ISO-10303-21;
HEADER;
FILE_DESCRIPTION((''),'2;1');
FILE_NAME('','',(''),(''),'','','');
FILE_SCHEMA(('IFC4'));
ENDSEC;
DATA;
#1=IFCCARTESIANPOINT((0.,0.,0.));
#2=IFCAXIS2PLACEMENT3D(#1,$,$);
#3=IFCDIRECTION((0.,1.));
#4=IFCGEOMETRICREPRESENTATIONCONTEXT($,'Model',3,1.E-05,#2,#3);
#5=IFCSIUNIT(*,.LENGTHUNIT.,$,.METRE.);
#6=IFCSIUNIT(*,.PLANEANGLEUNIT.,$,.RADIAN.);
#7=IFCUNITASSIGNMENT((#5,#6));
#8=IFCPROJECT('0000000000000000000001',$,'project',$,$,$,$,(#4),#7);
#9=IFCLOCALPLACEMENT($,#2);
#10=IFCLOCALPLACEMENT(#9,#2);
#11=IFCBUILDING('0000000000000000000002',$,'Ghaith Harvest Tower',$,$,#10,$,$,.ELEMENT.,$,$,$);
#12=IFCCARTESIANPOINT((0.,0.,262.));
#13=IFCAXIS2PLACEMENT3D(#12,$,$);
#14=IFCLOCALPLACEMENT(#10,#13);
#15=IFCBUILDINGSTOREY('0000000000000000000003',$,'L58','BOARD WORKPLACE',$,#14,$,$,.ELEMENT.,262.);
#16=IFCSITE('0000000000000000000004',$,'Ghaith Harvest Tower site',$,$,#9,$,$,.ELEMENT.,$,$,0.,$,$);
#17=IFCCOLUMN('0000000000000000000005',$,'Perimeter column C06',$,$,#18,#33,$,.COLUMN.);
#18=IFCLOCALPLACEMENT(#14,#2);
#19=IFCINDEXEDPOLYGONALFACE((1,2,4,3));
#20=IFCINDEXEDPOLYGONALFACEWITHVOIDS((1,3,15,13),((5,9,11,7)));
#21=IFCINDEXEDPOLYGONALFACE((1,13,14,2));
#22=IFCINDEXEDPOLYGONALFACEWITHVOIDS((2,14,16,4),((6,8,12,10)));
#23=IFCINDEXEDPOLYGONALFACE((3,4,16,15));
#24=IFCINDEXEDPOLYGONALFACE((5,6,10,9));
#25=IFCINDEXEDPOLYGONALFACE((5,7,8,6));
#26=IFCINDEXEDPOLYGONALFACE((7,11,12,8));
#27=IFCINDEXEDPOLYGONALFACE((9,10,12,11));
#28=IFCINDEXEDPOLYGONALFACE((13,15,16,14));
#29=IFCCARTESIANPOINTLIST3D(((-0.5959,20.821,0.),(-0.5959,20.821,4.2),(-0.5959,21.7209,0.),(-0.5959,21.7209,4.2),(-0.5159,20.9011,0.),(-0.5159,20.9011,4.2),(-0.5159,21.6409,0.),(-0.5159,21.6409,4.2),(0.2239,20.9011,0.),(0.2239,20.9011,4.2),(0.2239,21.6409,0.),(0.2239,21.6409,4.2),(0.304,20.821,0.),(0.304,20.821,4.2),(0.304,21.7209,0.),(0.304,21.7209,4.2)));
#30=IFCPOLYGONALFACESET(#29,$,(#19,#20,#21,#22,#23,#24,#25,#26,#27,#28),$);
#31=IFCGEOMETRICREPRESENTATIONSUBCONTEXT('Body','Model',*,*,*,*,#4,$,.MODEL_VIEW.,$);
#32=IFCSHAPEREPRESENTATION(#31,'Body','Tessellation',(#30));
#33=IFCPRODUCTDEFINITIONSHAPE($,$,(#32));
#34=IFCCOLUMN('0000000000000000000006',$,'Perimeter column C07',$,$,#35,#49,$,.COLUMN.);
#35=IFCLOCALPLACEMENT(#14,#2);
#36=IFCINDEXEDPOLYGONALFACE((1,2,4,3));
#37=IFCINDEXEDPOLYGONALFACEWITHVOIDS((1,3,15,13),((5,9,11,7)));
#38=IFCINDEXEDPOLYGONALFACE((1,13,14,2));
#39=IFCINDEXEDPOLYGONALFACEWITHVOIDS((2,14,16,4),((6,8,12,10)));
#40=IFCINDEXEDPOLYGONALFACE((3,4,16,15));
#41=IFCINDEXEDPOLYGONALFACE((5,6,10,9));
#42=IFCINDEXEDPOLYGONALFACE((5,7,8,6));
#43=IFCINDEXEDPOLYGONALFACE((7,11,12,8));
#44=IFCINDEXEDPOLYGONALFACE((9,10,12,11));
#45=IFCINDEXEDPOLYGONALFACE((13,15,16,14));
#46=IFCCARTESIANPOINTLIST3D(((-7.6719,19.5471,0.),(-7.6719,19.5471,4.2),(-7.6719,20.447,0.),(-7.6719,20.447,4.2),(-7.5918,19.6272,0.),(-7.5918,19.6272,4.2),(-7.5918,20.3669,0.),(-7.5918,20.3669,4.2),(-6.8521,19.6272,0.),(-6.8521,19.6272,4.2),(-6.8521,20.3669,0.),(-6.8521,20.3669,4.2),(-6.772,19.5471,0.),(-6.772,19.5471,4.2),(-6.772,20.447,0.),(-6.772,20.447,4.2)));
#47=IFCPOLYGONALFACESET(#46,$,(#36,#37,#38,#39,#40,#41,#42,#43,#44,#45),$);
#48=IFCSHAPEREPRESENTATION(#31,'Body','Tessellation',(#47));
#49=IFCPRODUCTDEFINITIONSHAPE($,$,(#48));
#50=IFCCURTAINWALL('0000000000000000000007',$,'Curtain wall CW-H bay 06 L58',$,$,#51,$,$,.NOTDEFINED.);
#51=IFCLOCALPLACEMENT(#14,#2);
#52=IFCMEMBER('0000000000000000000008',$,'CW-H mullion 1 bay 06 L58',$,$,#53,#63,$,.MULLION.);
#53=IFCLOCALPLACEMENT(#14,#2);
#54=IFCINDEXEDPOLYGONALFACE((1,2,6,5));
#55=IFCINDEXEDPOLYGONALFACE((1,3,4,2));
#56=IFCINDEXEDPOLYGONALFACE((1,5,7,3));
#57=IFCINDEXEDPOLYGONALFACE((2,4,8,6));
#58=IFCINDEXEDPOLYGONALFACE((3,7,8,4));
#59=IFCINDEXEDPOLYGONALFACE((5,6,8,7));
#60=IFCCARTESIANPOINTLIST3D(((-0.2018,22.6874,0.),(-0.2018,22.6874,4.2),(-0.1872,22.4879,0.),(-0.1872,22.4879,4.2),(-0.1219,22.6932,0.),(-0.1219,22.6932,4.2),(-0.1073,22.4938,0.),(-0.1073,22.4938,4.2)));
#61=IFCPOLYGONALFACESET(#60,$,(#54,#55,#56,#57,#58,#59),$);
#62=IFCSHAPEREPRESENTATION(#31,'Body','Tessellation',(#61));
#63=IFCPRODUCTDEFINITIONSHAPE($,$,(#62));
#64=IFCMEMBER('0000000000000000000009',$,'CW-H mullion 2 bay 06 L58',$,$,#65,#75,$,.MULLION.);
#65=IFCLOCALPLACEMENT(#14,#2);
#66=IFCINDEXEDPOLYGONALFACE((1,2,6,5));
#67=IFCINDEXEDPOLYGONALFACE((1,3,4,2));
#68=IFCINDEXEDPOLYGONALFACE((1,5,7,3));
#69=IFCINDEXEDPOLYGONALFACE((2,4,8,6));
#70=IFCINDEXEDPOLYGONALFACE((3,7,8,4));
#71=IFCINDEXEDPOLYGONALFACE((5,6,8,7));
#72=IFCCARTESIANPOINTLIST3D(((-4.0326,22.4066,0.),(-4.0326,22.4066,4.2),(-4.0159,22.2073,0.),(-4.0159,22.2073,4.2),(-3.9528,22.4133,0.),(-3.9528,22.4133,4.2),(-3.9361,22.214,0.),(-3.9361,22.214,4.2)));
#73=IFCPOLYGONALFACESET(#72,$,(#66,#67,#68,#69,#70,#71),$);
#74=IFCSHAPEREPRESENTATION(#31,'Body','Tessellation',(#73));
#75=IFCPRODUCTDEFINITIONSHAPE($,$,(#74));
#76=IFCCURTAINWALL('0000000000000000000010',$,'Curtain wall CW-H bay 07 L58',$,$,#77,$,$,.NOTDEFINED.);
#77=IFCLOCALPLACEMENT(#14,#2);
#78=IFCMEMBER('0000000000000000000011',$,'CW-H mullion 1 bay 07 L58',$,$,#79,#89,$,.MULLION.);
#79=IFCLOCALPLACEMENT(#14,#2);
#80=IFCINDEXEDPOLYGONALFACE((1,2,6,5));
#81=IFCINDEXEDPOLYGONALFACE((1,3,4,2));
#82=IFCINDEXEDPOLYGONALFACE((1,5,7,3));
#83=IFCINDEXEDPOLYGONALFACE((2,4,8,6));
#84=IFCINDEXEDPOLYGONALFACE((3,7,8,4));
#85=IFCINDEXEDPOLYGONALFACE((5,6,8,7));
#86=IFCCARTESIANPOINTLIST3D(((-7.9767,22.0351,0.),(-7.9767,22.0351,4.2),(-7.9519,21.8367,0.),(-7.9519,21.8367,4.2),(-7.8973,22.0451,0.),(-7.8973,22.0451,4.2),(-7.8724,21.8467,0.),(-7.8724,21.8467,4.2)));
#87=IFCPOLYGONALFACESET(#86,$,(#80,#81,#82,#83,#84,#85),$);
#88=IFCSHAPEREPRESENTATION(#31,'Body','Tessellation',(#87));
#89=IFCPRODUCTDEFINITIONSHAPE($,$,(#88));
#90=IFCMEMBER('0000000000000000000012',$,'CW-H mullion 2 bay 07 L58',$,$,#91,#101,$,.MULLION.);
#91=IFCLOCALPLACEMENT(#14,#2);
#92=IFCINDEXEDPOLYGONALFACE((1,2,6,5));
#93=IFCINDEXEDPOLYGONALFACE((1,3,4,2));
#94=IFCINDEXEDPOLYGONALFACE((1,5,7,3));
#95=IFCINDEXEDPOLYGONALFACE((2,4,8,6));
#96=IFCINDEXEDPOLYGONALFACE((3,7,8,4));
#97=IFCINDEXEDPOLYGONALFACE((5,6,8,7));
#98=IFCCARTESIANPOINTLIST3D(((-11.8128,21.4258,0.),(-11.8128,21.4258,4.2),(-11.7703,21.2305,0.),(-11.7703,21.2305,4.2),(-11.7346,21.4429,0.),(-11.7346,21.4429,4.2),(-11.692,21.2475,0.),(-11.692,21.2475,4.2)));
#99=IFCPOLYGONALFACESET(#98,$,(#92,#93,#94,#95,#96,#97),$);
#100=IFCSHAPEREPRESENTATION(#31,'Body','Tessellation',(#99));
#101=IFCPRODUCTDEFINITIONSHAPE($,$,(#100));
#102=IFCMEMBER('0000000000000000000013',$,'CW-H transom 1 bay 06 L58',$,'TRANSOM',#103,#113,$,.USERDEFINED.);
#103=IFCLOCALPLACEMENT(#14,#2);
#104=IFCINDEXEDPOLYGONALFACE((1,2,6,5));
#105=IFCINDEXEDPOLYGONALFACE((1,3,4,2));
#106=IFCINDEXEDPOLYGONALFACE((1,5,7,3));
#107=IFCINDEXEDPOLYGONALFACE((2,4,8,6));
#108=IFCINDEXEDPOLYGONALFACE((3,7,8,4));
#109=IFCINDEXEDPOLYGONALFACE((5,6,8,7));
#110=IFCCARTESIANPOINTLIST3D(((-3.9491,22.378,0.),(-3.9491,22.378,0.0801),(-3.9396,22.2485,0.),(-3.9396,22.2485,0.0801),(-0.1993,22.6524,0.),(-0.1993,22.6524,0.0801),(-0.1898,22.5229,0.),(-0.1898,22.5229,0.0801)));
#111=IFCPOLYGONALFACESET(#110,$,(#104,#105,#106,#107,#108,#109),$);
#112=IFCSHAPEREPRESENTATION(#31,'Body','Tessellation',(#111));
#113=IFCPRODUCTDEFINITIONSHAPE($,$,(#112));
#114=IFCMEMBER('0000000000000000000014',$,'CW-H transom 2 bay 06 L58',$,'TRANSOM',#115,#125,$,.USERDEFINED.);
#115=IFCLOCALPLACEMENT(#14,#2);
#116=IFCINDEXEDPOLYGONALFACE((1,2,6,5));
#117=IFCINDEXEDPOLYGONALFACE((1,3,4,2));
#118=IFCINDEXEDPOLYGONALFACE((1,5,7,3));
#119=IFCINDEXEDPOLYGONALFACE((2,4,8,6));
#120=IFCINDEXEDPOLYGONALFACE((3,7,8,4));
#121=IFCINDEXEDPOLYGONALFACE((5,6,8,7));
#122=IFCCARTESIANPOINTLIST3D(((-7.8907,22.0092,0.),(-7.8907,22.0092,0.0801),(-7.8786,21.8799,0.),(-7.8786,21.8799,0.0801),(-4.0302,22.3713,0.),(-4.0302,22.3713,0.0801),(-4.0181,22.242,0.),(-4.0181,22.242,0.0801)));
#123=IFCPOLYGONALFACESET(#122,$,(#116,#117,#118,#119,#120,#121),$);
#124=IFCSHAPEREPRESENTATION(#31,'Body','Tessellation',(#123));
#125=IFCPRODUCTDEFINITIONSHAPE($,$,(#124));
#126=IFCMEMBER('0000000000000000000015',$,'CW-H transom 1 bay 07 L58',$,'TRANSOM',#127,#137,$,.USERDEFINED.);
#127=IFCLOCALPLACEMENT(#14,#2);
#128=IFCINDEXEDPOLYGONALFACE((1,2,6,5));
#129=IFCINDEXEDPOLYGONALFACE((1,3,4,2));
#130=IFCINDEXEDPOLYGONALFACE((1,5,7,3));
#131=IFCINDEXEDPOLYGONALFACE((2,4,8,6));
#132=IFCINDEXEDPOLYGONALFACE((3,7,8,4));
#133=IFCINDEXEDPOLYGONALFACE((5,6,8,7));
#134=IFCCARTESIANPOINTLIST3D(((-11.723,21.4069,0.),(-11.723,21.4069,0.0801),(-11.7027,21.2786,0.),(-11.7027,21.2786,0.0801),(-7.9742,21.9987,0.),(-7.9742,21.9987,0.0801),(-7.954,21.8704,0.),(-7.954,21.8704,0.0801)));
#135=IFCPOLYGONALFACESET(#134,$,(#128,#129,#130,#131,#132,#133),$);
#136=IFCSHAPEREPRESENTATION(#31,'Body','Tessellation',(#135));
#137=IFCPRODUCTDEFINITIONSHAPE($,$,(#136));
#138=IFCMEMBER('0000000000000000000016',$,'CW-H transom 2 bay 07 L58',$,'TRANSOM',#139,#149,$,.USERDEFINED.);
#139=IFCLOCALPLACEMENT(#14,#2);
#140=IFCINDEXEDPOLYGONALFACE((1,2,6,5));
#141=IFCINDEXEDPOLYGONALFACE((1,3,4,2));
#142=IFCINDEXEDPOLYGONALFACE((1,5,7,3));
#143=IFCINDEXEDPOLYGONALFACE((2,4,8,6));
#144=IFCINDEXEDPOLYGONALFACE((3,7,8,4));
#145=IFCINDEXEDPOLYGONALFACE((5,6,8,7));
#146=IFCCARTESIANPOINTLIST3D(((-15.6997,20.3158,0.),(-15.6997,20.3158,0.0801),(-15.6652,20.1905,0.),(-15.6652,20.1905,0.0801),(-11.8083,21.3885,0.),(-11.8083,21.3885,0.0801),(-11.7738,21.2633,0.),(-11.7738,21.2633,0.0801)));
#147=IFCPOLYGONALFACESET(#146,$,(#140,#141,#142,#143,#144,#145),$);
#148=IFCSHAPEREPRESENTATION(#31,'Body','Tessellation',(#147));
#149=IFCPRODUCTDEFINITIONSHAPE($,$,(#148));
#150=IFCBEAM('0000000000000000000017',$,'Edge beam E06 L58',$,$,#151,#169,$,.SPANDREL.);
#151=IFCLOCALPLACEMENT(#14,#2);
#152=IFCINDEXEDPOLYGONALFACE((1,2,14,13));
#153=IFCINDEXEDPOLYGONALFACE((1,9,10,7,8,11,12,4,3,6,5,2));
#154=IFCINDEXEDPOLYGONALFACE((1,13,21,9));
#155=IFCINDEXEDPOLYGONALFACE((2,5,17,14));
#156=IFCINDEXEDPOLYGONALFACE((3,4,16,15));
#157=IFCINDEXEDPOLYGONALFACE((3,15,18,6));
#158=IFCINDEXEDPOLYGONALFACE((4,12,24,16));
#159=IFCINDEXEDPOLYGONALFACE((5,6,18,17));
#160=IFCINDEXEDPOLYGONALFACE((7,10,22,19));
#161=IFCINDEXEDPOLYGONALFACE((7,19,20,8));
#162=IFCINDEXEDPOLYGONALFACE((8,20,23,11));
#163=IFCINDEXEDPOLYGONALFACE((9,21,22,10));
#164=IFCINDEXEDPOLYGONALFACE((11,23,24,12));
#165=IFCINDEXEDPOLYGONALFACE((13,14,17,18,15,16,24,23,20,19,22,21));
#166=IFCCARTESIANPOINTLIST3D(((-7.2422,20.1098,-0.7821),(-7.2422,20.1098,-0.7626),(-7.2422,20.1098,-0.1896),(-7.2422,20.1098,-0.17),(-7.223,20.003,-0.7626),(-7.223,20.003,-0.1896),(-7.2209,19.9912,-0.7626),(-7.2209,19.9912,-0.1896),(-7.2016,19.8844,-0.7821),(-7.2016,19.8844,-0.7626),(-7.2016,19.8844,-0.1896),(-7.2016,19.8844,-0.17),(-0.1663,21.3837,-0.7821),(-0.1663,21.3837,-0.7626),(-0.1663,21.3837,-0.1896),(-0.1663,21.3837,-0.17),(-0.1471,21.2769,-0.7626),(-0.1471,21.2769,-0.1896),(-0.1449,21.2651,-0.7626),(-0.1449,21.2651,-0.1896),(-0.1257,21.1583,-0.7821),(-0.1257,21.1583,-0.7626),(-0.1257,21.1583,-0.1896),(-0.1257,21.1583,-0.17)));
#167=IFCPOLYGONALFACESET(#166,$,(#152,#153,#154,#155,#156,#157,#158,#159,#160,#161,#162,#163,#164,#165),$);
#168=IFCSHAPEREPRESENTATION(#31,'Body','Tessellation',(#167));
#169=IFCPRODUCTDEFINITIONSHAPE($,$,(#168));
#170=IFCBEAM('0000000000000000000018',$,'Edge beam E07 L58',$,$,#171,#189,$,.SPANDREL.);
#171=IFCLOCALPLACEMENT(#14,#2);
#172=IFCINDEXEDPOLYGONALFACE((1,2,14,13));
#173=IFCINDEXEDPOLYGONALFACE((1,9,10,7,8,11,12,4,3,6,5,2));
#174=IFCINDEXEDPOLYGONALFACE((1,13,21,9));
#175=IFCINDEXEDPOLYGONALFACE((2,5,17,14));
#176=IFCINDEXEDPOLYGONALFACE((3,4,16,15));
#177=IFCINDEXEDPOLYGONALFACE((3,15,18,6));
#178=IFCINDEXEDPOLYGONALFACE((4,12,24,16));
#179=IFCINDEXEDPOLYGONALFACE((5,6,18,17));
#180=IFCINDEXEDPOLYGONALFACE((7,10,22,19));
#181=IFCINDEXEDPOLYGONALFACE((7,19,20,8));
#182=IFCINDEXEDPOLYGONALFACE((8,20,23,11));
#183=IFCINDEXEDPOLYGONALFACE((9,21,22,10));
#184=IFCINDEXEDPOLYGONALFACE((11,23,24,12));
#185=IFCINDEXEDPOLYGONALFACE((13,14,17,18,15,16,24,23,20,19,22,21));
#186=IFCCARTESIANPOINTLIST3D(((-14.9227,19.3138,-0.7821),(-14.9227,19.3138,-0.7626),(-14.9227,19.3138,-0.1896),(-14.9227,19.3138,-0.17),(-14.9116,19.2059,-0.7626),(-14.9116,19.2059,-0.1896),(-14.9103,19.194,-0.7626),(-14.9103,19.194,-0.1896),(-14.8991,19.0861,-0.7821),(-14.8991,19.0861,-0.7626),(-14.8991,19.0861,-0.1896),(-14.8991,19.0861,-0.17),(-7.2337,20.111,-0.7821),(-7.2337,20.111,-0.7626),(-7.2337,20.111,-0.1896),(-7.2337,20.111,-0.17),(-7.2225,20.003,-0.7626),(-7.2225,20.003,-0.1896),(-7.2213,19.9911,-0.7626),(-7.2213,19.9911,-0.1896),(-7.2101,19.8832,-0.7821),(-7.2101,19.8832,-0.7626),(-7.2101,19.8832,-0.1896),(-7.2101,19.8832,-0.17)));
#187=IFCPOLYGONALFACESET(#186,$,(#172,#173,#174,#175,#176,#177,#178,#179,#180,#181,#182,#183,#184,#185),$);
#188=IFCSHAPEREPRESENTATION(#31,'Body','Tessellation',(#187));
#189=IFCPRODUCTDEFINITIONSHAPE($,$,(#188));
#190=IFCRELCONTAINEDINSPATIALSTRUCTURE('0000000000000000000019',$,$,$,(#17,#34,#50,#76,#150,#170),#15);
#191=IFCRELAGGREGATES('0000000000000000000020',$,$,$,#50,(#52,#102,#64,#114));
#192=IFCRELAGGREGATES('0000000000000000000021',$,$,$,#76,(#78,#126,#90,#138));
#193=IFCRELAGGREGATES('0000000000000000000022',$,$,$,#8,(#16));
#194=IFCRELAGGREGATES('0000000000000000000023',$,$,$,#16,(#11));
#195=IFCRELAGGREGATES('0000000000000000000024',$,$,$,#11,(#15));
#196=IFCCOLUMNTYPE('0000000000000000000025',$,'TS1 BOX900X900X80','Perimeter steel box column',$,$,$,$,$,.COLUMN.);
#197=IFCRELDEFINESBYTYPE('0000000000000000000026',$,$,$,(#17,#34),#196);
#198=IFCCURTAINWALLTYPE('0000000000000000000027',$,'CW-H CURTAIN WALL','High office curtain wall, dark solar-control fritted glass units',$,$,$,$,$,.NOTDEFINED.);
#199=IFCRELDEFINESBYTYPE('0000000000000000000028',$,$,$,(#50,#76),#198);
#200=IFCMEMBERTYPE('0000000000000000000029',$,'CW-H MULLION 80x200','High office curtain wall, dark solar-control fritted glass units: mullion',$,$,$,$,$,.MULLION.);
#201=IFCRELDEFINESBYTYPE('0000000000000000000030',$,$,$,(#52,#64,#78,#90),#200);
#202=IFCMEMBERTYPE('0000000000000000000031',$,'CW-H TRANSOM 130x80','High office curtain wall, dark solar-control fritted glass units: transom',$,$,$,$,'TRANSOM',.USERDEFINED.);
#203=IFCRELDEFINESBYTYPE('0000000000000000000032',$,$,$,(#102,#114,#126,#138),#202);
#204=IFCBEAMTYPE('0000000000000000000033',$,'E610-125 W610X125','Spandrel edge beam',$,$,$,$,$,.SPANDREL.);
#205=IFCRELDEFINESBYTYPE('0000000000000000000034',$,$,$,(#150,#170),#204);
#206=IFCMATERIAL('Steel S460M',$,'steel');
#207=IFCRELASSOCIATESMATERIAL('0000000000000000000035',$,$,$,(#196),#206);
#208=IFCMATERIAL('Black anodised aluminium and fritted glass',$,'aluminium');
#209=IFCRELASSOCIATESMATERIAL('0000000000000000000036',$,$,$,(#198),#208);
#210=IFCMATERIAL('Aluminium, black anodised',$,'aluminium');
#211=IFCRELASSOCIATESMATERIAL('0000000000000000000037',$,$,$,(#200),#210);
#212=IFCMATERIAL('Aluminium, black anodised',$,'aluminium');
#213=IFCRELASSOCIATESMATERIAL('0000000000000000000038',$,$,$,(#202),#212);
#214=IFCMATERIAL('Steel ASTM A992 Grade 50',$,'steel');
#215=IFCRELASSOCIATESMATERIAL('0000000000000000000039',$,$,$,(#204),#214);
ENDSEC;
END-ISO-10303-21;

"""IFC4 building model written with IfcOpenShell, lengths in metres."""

from ifc_helpers import new_model, si_unit, direction, frame, origin, origin_2d, place, context, subcontext, project, spatial, rectangle, hollow_rectangle, i_section, extrude, material, material_profile, profile_set, type_object, element, aggregate, save


model = new_model("IFC4")

# Units and contexts
model_context = context("Model", 3, precision=1e-05, world=origin(), true_north=direction((0.0, 1.0)))
body_context = subcontext(model_context, "Body", "Model", "MODEL_VIEW")
ifc_project = project(units=[si_unit("LENGTHUNIT", "METRE"), si_unit("PLANEANGLEUNIT", "RADIAN")], contexts=[model_context])

# Site, building, storey
site_placement = place(None, origin())
site = spatial("IfcSite", under=ifc_project, at=site_placement, Name="Ghaith Harvest Tower site", CompositionType="ELEMENT", RefElevation=0.0)
building_placement = place(site_placement, origin())
building = spatial("IfcBuilding", under=site, at=building_placement, Name="Ghaith Harvest Tower", CompositionType="ELEMENT")
storey_placement = place(building_placement, frame((0.0, 0.0, 262.0)))
storey = spatial("IfcBuildingStorey", under=building, at=storey_placement, Name="L58", Description="BOARD WORKPLACE", CompositionType="ELEMENT", Elevation=262.0)

# Columns
ifc_material_1 = material(Name="Steel S460M", Category="steel")
ifc_material_profile_1 = material_profile(ifc_material_1, hollow_rectangle(XDim=0.8999, YDim=0.8999, WallThickness=0.0801, at=origin_2d()), Name="BOX900X900X80")
ifc_profile_set_1 = profile_set([ifc_material_profile_1], Name="Steel S460M")
column_type = type_object("IfcColumnType", Name="TS1 BOX900X900X80", Description="Perimeter steel box column", PredefinedType="COLUMN", material=ifc_profile_set_1)
for number, where, z_axis, x_axis, name in (
    (1, (-0.146, 21.271, 0.0), (0.0, 0.0, 1.0), (1.0, 0.0, 0.0), "Perimeter column C06"),
    (2, (-7.2219, 19.9971, 0.0), (0.0, 0.0, 1.0), (1.0, 0.0, 0.0), "Perimeter column C07"),
):
    element("IfcColumn", number, at=place(storey_placement, frame(where, z_axis=z_axis, x_axis=x_axis)), inside=storey, type_object=column_type, Name=name, PredefinedType="COLUMN", context=body_context, shape_type="SweptSolid", body=[
        extrude(hollow_rectangle(XDim=0.8999, YDim=0.8999, WallThickness=0.0801, at=origin_2d()), origin(), (0.0, 0.0, 1.0), 4.2),
    ])

# Curtain walls, members
ifc_material_2 = material(Name="Black anodised aluminium and fritted glass", Category="aluminium")
curtain_wall_type = type_object("IfcCurtainWallType", Name="CW-H CURTAIN WALL", Description="High office curtain wall, dark solar-control fritted glass units", PredefinedType="NOTDEFINED", material=ifc_material_2)
curtain_wall_1_placement = place(storey_placement, origin())
curtain_wall_1 = element("IfcCurtainWall", 3, at=curtain_wall_1_placement, inside=storey, type_object=curtain_wall_type, Name="Curtain wall CW-H bay 06 L58", PredefinedType="NOTDEFINED")
ifc_material_3 = material(Name="Aluminium, black anodised", Category="aluminium")
ifc_material_profile_2 = material_profile(ifc_material_3, rectangle(XDim=0.0801, YDim=0.2, at=origin_2d()), Name="CW-H MULLION 80x200")
ifc_profile_set_2 = profile_set([ifc_material_profile_2], Name="Aluminium, black anodised")
member_type_1 = type_object("IfcMemberType", Name="CW-H MULLION 80x200", Description="High office curtain wall, dark solar-control fritted glass units: mullion", PredefinedType="MULLION", material=ifc_profile_set_2)
member_1_placement = place(storey_placement, frame((-0.1545, 22.5906, 0.0), z_axis=(0.0, 0.0, 1.0), x_axis=(-0.997329, -0.073037, 0.0)))
member_1 = element("IfcMember", 4, at=member_1_placement, type_object=member_type_1, Name="CW-H mullion 1 bay 06 L58", PredefinedType="MULLION", context=body_context, shape_type="SweptSolid", body=[
    extrude(rectangle(XDim=0.0801, YDim=0.2, at=origin_2d()), origin(), (0.0, 0.0, 1.0), 4.2),
])
member_2_placement = place(storey_placement, frame((-3.9844, 22.3103, 0.0), z_axis=(0.0, 0.0, 1.0), x_axis=(-0.996523, -0.083324, 0.0)))
member_2 = element("IfcMember", 5, at=member_2_placement, type_object=member_type_1, Name="CW-H mullion 2 bay 06 L58", PredefinedType="MULLION", context=body_context, shape_type="SweptSolid", body=[
    extrude(rectangle(XDim=0.0801, YDim=0.2, at=origin_2d()), origin(), (0.0, 0.0, 1.0), 4.2),
])
curtain_wall_2_placement = place(storey_placement, origin())
curtain_wall_2 = element("IfcCurtainWall", 6, at=curtain_wall_2_placement, inside=storey, type_object=curtain_wall_type, Name="Curtain wall CW-H bay 07 L58", PredefinedType="NOTDEFINED")
member_3_placement = place(storey_placement, frame((-7.9246, 21.9409, 0.0), z_axis=(0.0, 0.0, 1.0), x_axis=(-0.992235, -0.124373, 0.0)))
member_3 = element("IfcMember", 7, at=member_3_placement, type_object=member_type_1, Name="CW-H mullion 1 bay 07 L58", PredefinedType="MULLION", context=body_context, shape_type="SweptSolid", body=[
    extrude(rectangle(XDim=0.0801, YDim=0.2, at=origin_2d()), origin(), (0.0, 0.0, 1.0), 4.2),
])
member_4_placement = place(storey_placement, frame((-11.7524, 21.3367, 0.0), z_axis=(0.0, 0.0, 1.0), x_axis=(-0.977086, -0.212843, 0.0)))
member_4 = element("IfcMember", 8, at=member_4_placement, type_object=member_type_1, Name="CW-H mullion 2 bay 07 L58", PredefinedType="MULLION", context=body_context, shape_type="SweptSolid", body=[
    extrude(rectangle(XDim=0.0801, YDim=0.2, at=origin_2d()), origin(), (0.0, 0.0, 1.0), 4.2),
])

# Members
ifc_material_4 = material(Name="Aluminium, black anodised", Category="aluminium")
ifc_material_profile_3 = material_profile(ifc_material_4, rectangle(XDim=0.1299, YDim=0.0801, at=origin_2d()), Name="CW-H TRANSOM 130x80")
ifc_profile_set_3 = profile_set([ifc_material_profile_3], Name="Aluminium, black anodised")
member_type_2 = type_object("IfcMemberType", Name="CW-H TRANSOM 130x80", Description="High office curtain wall, dark solar-control fritted glass units: transom", ElementType="TRANSOM", PredefinedType="USERDEFINED", material=ifc_profile_set_3)
member_5_placement = place(storey_placement, frame((-0.1946, 22.5876, 0.04), z_axis=(-0.997333, -0.072987, 0.0), x_axis=(0.072987, -0.997333, 0.0)))
member_5 = element("IfcMember", 9, at=member_5_placement, type_object=member_type_2, Name="CW-H transom 1 bay 06 L58", ObjectType="TRANSOM", PredefinedType="USERDEFINED", context=body_context, shape_type="SweptSolid", body=[
    extrude(rectangle(XDim=0.1299, YDim=0.0801, at=origin_2d()), origin(), (0.0, 0.0, 1.0), 3.7598),
])
member_6_placement = place(storey_placement, frame((-4.0242, 22.3066, 0.04), z_axis=(-0.995631, -0.093374, 0.0), x_axis=(0.093374, -0.995631, 0.0)))
member_6 = element("IfcMember", 10, at=member_6_placement, type_object=member_type_2, Name="CW-H transom 2 bay 06 L58", ObjectType="TRANSOM", PredefinedType="USERDEFINED", context=body_context, shape_type="SweptSolid", body=[
    extrude(rectangle(XDim=0.1299, YDim=0.0801, at=origin_2d()), origin(), (0.0, 0.0, 1.0), 3.8774),
])
member_7_placement = place(storey_placement, frame((-7.9641, 21.9346, 0.04), z_axis=(-0.987768, -0.155933, 0.0), x_axis=(0.155933, -0.987768, 0.0)))
member_7 = element("IfcMember", 11, at=member_7_placement, type_object=member_type_2, Name="CW-H transom 1 bay 07 L58", ObjectType="TRANSOM", PredefinedType="USERDEFINED", context=body_context, shape_type="SweptSolid", body=[
    extrude(rectangle(XDim=0.1299, YDim=0.0801, at=origin_2d()), origin(), (0.0, 0.0, 1.0), 3.7952),
])
member_8_placement = place(storey_placement, frame((-11.791, 21.3259, 0.04), z_axis=(-0.964039, -0.265762, 0.0), x_axis=(0.265762, -0.964039, 0.0)))
member_8 = element("IfcMember", 12, at=member_8_placement, type_object=member_type_2, Name="CW-H transom 2 bay 07 L58", ObjectType="TRANSOM", PredefinedType="USERDEFINED", context=body_context, shape_type="SweptSolid", body=[
    extrude(rectangle(XDim=0.1299, YDim=0.0801, at=origin_2d()), origin(), (0.0, 0.0, 1.0), 4.0366),
])

# Beams
ifc_material_5 = material(Name="Steel ASTM A992 Grade 50", Category="steel")
ifc_material_profile_4 = material_profile(ifc_material_5, i_section(OverallWidth=0.229, OverallDepth=0.6121, WebThickness=0.012, FlangeThickness=0.0195, at=origin_2d()), Name="W610X125")
ifc_profile_set_4 = profile_set([ifc_material_profile_4], Name="Steel ASTM A992 Grade 50")
beam_type_1 = type_object("IfcBeamType", Name="E610-125 W610X125", Description="Spandrel edge beam", PredefinedType="SPANDREL", material=ifc_profile_set_4)
beam_1_placement = place(storey_placement, frame((-0.146, 21.271, -0.4761), z_axis=(-0.984177, -0.177188, 0.0), x_axis=(0.177188, -0.984177, 0.0)))
element("IfcBeam", 13, at=beam_1_placement, inside=storey, type_object=beam_type_1, Name="Edge beam E06 L58", PredefinedType="SPANDREL", context=body_context, shape_type="SweptSolid", body=[
    extrude(i_section(OverallWidth=0.229, OverallDepth=0.6121, WebThickness=0.012, FlangeThickness=0.0195, at=origin_2d()), origin(), (0.0, 0.0, 1.0), 7.1897),
])
beam_2_placement = place(storey_placement, frame((-7.2219, 19.9971, -0.4761), z_axis=(-0.994669, -0.103118, 0.0), x_axis=(0.103118, -0.994669, 0.0)))
element("IfcBeam", 14, at=beam_2_placement, inside=storey, type_object=beam_type_1, Name="Edge beam E07 L58", PredefinedType="SPANDREL", context=body_context, shape_type="SweptSolid", body=[
    extrude(i_section(OverallWidth=0.229, OverallDepth=0.6121, WebThickness=0.012, FlangeThickness=0.0195, at=origin_2d()), origin(), (0.0, 0.0, 1.0), 7.7302),
])

aggregate(curtain_wall_1, [member_1, member_5, member_2, member_6])
aggregate(curtain_wall_2, [member_3, member_7, member_4, member_8])

save(model, "model.ifc")
